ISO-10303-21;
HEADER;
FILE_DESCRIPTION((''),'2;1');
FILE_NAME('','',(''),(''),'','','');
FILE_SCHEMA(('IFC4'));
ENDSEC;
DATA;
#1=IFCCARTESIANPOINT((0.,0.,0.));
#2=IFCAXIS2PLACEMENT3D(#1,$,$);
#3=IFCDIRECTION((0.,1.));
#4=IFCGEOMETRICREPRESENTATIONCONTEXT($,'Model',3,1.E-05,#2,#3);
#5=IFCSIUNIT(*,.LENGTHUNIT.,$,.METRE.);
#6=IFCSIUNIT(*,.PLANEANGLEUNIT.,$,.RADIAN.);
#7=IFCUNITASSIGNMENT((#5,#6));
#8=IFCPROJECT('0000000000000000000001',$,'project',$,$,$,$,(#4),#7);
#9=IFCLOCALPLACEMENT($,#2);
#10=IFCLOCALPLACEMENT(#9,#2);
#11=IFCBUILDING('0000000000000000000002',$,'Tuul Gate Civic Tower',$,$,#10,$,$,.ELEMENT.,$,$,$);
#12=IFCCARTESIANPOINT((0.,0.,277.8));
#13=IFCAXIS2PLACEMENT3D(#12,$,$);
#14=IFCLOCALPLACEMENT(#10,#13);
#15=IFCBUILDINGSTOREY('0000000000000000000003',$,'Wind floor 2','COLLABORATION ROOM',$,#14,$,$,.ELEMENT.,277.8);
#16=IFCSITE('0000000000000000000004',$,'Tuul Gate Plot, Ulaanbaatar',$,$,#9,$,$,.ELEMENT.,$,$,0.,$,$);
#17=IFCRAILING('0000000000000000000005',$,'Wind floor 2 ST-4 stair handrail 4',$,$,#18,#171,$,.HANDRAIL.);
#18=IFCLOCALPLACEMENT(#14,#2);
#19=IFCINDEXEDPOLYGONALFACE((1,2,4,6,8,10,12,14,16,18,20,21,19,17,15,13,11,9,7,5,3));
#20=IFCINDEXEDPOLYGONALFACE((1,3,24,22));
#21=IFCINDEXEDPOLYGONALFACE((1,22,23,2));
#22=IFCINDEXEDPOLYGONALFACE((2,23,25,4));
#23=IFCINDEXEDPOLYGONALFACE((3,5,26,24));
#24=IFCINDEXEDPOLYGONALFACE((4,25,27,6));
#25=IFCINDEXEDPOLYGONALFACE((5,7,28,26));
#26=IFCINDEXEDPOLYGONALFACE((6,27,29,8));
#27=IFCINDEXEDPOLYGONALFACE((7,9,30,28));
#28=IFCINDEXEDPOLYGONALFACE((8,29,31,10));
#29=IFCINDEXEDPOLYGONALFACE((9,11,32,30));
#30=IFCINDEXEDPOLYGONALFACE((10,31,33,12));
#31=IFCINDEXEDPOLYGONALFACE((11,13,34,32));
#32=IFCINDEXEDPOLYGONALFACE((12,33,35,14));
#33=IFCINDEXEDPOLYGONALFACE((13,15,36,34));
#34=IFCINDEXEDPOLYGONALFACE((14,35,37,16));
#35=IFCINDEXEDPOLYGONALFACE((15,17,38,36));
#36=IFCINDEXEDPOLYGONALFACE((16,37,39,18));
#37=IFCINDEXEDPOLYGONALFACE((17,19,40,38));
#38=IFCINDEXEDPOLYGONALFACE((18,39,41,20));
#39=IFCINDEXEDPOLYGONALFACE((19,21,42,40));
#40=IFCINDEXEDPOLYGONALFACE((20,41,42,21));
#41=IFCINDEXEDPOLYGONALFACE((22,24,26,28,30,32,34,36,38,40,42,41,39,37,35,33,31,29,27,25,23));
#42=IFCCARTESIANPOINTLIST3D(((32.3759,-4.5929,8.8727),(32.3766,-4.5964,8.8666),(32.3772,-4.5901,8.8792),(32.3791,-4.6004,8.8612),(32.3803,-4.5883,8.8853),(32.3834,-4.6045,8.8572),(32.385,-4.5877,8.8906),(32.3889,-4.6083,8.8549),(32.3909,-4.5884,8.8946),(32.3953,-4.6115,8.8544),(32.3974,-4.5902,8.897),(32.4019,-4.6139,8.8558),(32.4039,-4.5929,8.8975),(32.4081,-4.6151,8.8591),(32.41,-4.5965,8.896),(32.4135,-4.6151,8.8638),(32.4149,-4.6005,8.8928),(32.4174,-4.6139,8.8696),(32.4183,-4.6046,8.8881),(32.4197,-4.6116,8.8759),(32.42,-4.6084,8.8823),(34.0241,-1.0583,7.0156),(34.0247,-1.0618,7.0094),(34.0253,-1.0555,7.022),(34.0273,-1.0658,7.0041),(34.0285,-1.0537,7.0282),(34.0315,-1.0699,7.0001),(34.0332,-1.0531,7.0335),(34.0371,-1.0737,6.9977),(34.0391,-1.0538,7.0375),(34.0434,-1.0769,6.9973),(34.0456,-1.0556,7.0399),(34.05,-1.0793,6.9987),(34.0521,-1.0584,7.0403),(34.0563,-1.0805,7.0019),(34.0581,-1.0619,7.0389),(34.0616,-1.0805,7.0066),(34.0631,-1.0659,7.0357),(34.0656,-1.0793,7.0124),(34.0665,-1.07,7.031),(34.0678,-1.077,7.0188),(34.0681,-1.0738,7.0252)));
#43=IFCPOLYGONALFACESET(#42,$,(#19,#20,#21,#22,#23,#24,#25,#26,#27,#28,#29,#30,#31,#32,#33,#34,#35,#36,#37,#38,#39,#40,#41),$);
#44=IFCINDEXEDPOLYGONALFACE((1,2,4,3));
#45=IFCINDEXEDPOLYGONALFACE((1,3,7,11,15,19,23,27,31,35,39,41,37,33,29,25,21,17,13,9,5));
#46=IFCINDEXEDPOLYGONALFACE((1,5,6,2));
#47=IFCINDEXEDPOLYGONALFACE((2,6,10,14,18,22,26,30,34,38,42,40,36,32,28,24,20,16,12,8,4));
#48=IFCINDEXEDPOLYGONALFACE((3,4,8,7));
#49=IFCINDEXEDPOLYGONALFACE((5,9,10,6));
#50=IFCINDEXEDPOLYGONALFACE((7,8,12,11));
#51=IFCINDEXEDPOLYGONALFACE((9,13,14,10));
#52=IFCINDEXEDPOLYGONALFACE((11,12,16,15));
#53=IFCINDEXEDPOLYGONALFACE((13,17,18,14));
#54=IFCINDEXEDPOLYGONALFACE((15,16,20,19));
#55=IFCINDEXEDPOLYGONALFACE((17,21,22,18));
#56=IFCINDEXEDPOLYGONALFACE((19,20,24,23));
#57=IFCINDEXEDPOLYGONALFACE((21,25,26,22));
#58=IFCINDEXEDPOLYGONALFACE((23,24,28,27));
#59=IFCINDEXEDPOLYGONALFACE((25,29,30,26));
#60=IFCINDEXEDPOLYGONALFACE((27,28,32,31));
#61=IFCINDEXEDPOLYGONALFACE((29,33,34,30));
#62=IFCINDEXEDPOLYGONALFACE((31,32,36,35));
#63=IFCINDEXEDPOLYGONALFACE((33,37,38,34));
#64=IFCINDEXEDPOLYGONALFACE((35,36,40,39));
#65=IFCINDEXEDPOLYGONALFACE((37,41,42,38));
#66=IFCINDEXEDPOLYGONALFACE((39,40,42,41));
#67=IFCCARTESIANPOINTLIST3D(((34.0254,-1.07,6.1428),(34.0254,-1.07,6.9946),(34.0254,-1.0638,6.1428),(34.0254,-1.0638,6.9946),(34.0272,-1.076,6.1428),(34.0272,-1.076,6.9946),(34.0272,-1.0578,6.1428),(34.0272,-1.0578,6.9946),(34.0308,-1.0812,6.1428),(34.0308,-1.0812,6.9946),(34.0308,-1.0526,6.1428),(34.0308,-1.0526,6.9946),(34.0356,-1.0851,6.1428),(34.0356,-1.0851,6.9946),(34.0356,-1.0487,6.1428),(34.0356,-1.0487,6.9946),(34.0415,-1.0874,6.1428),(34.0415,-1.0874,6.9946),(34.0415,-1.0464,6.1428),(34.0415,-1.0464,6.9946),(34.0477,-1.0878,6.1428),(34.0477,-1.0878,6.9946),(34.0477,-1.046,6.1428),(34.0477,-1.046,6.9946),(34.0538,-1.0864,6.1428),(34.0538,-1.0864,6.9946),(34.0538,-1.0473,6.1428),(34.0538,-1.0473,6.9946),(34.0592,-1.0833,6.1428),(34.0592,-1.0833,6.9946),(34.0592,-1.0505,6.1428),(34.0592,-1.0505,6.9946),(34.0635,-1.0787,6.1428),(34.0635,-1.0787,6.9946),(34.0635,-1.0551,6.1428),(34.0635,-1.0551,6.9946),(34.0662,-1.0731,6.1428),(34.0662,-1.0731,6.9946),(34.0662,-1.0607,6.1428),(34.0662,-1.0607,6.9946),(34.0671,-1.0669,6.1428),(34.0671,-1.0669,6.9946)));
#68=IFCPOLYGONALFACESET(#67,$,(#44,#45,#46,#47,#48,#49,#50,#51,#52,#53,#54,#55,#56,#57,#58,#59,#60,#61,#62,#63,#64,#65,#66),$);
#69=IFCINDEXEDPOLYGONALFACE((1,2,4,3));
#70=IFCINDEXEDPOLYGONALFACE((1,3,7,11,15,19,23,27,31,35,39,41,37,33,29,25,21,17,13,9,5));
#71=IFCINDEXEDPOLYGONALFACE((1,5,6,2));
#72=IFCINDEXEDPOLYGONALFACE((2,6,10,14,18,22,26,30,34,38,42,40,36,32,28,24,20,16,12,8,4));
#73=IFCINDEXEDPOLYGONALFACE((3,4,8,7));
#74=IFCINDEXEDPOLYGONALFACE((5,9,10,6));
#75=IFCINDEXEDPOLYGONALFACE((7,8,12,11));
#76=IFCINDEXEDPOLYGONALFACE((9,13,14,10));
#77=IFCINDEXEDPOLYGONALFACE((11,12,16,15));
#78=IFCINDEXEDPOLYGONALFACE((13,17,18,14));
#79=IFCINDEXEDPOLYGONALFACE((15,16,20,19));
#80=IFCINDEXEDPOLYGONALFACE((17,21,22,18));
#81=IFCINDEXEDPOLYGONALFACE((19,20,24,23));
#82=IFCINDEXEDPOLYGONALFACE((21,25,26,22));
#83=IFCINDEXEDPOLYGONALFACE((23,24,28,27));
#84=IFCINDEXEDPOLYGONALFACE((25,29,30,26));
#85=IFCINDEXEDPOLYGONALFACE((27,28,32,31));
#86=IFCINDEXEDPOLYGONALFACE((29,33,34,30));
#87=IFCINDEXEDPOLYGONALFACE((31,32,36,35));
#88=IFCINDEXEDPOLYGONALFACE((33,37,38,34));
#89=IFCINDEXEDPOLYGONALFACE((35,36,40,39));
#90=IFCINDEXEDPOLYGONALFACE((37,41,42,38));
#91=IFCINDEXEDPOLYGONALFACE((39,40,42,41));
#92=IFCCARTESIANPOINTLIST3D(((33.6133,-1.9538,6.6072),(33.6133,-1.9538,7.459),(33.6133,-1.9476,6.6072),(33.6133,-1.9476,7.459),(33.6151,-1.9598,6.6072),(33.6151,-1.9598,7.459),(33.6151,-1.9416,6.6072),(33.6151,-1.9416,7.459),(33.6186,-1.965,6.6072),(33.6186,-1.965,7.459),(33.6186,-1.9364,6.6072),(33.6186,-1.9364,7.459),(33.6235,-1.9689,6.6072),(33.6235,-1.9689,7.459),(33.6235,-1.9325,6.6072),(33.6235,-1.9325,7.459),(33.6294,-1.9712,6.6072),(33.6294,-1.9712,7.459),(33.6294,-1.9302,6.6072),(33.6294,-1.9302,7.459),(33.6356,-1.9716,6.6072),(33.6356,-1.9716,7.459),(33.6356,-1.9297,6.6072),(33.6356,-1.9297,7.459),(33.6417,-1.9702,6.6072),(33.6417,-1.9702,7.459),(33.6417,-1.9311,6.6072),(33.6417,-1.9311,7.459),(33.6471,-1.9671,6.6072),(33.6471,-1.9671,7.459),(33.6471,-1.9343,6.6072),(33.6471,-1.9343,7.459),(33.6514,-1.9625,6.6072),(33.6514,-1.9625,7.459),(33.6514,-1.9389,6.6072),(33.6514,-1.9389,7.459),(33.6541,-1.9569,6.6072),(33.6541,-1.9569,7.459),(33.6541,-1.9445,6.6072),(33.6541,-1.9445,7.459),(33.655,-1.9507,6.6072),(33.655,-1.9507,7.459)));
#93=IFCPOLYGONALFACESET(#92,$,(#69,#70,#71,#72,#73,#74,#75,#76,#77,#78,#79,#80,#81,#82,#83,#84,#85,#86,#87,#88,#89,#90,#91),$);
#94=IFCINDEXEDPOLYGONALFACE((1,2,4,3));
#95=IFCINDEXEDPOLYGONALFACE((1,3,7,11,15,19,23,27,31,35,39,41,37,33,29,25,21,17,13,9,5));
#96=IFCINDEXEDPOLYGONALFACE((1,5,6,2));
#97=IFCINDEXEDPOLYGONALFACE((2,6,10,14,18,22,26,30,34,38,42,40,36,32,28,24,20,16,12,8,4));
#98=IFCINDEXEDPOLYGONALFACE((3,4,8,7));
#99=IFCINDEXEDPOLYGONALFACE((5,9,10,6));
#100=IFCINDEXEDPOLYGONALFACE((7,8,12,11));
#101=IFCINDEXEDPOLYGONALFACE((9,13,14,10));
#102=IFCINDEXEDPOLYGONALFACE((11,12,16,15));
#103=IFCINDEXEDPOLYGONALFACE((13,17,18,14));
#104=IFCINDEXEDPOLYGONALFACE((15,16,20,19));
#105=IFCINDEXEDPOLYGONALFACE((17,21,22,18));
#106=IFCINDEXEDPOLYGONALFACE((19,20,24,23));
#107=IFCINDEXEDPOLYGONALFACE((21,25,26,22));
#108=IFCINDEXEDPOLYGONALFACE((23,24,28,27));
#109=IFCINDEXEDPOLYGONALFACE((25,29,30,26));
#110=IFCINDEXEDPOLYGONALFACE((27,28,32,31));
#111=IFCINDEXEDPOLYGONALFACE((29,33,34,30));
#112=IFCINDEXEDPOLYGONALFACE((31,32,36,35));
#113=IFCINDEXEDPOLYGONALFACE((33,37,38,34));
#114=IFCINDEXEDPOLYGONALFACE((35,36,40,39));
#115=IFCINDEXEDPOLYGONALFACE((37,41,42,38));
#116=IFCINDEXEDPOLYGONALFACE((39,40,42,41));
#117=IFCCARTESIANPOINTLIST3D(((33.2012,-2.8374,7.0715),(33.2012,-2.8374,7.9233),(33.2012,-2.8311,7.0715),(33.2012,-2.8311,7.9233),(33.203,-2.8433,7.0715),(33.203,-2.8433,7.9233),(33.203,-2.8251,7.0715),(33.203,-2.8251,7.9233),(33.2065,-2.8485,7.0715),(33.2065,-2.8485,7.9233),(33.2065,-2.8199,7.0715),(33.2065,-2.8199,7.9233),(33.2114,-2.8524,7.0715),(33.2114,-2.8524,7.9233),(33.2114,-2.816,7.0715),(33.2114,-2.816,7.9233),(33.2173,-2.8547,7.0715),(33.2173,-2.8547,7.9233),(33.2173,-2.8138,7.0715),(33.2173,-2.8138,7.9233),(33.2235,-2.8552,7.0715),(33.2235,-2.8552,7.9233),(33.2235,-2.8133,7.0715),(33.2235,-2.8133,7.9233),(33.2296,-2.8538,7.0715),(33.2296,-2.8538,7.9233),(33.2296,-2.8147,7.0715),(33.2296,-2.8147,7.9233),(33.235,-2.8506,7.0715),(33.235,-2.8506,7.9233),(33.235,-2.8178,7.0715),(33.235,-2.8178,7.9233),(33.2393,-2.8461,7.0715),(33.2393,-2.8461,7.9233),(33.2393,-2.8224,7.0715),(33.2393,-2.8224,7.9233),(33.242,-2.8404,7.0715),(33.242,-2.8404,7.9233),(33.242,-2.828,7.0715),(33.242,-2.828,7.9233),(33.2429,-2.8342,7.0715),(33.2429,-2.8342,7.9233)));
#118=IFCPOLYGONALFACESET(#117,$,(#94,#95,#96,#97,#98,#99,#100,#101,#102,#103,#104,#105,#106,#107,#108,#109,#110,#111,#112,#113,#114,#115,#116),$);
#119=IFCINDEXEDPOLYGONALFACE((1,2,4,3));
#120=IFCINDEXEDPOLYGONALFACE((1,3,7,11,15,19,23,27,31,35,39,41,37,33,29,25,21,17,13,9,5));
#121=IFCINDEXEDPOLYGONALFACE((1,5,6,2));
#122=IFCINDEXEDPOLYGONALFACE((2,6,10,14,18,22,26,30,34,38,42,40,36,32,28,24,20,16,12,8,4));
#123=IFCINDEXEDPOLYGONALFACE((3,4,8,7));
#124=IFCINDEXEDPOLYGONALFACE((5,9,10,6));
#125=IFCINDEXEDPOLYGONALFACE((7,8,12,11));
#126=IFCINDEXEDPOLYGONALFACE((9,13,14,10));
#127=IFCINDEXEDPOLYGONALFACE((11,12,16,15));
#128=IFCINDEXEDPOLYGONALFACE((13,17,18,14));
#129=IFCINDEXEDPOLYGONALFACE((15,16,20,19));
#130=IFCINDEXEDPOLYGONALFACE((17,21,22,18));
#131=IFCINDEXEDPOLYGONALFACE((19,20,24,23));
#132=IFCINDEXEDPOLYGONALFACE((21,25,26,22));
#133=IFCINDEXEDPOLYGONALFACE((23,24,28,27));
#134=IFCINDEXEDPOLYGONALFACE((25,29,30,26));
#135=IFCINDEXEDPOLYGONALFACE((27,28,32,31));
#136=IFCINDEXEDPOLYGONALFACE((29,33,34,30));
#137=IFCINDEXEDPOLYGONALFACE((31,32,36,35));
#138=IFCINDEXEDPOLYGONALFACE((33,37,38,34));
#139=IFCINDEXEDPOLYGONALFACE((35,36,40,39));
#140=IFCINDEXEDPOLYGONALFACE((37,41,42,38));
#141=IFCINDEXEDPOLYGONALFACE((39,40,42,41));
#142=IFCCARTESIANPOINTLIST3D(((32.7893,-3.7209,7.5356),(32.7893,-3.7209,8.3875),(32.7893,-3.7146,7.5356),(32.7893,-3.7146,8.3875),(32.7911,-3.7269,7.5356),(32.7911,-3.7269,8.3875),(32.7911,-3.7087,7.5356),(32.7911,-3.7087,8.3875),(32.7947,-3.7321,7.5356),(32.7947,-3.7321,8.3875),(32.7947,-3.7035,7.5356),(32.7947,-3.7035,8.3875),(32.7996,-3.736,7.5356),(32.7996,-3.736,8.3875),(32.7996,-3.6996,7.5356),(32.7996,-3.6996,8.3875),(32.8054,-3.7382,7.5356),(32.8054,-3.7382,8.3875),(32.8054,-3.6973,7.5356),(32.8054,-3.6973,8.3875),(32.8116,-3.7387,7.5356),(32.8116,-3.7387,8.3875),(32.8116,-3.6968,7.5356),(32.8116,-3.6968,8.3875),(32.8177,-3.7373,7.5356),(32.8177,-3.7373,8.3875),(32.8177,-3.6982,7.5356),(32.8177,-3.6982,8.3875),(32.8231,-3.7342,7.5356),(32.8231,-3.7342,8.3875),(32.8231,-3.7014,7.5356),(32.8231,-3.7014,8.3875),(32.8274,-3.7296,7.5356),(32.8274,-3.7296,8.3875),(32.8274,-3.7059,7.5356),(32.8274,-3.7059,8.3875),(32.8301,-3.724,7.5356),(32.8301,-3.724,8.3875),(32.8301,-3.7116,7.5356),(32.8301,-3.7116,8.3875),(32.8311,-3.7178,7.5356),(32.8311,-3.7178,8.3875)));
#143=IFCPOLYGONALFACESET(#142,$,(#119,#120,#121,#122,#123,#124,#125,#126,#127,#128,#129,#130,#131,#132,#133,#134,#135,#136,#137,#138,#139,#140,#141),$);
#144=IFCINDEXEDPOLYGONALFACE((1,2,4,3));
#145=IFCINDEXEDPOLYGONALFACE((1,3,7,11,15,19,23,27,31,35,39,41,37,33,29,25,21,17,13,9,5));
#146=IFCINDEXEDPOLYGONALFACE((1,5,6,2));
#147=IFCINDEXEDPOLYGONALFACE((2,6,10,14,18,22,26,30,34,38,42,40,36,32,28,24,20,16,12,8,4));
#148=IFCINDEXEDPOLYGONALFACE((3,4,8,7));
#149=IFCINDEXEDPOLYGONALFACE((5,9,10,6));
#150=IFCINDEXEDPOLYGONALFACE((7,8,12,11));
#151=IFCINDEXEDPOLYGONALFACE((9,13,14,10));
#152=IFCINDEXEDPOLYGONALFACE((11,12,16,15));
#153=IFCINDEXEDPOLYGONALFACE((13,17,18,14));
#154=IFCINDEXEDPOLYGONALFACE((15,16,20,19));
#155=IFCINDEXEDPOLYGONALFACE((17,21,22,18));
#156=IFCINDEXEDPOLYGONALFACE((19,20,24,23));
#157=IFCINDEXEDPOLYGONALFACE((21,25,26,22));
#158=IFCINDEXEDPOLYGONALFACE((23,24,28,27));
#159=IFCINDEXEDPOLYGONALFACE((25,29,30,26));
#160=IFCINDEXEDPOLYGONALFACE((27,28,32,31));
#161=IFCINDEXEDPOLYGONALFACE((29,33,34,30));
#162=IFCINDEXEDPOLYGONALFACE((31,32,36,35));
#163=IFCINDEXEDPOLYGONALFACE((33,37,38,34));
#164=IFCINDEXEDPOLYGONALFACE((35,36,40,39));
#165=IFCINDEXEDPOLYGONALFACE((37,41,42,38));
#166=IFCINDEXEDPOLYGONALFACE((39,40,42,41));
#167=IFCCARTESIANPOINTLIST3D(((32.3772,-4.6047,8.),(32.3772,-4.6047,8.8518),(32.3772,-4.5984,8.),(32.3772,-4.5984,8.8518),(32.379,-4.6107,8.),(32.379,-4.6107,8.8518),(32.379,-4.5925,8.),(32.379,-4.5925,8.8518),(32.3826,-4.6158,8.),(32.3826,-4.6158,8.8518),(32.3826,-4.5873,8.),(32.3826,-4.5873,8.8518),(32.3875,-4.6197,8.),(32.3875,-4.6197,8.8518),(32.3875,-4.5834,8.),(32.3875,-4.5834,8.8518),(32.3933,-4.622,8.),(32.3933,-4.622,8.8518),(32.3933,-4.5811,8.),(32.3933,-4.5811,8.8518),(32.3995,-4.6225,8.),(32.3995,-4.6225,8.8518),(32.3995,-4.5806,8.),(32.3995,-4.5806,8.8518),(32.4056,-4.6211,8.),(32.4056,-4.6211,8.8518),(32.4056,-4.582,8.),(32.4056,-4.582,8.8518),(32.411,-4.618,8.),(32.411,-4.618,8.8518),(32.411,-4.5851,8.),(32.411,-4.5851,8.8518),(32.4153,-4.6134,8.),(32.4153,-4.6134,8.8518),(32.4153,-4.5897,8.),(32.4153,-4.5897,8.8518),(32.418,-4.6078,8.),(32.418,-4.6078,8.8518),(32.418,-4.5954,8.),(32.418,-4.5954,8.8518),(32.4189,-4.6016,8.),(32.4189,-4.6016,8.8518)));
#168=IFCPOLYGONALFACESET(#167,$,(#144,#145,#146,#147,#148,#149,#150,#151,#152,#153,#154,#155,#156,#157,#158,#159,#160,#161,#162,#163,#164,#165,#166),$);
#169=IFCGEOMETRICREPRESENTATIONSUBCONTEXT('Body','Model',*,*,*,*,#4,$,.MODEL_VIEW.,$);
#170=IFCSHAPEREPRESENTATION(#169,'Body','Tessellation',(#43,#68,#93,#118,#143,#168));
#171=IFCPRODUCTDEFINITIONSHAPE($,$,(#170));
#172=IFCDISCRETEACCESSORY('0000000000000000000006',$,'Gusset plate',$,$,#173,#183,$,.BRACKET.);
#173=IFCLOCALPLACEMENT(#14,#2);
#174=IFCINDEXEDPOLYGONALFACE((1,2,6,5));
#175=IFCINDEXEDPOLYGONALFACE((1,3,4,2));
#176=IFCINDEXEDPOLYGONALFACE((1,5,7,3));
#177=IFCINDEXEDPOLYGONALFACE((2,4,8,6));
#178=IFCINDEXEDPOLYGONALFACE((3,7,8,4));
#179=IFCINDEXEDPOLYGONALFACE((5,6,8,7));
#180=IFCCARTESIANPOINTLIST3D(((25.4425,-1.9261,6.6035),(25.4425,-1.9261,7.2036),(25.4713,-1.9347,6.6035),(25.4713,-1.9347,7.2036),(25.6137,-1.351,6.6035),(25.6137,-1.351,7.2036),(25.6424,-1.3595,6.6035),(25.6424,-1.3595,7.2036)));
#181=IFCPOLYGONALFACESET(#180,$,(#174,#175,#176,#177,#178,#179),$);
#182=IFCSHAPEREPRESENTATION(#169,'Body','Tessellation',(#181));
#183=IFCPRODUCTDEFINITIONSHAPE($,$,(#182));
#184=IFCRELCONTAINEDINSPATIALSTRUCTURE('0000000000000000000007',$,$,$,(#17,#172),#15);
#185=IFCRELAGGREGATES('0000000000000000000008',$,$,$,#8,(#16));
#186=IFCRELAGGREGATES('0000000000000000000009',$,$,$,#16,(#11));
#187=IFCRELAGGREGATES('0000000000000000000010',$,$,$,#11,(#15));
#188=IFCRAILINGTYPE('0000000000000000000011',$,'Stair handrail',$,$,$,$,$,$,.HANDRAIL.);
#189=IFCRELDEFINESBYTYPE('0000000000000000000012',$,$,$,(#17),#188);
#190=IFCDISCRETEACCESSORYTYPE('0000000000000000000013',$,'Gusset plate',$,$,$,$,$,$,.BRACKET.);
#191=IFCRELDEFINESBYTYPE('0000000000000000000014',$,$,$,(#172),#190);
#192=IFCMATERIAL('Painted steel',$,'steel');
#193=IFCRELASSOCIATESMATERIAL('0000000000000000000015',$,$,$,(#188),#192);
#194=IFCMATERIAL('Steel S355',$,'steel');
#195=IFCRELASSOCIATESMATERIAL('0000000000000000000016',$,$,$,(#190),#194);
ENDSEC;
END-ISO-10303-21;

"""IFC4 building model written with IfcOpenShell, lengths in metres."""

from ifc_helpers import new_model, si_unit, direction, frame, origin, origin_2d, place, context, subcontext, project, spatial, rectangle, circle, extrude, material, type_object, element, save


model = new_model("IFC4")

# Units and contexts
model_context = context("Model", 3, precision=1e-05, world=origin(), true_north=direction((0.0, 1.0)))
body_context = subcontext(model_context, "Body", "Model", "MODEL_VIEW")
ifc_project = project(units=[si_unit("LENGTHUNIT", "METRE"), si_unit("PLANEANGLEUNIT", "RADIAN")], contexts=[model_context])

# Site, building, storey
site_placement = place(None, origin())
site = spatial("IfcSite", under=ifc_project, at=site_placement, Name="Tuul Gate Plot, Ulaanbaatar", CompositionType="ELEMENT", RefElevation=0.0)
building_placement = place(site_placement, origin())
building = spatial("IfcBuilding", under=site, at=building_placement, Name="Tuul Gate Civic Tower", CompositionType="ELEMENT")
storey_placement = place(building_placement, frame((0.0, 0.0, 277.8)))
storey = spatial("IfcBuildingStorey", under=building, at=storey_placement, Name="Wind floor 2", Description="COLLABORATION ROOM", CompositionType="ELEMENT", Elevation=277.8)

# Railing
ifc_material_1 = material(Name="Painted steel", Category="steel")
railing_type_1 = type_object("IfcRailingType", Name="Stair handrail", PredefinedType="HANDRAIL", material=ifc_material_1)
railing_1_placement = place(storey_placement, frame((34.0461, -1.0669, 6.1428)))
element("IfcRailing", 1, at=railing_1_placement, inside=storey, type_object=railing_type_1, Name="Wind floor 2 ST-4 stair handrail 4", PredefinedType="HANDRAIL", context=body_context, shape_type="SweptSolid", body=[
    extrude(circle(Radius=0.0239, at=origin_2d()), frame((0.0, 0.0, 0.876), z_axis=(-0.381556, -0.818273, 0.429935), x_axis=(0.906313, -0.422608, 0.0)), (0.0, 0.0, 1.0), 4.3196),
    extrude(circle(Radius=0.021, at=origin_2d()), origin(), (0.0, 0.0, 1.0), 0.8518),
    extrude(circle(Radius=0.021, at=origin_2d()), frame((-0.4121, -0.8838, 0.4644)), (0.0, 0.0, 1.0), 0.8518),
    extrude(circle(Radius=0.021, at=origin_2d()), frame((-0.8242, -1.7673, 0.9287)), (0.0, 0.0, 1.0), 0.8518),
    extrude(circle(Radius=0.021, at=origin_2d()), frame((-1.2361, -2.6509, 1.3928)), (0.0, 0.0, 1.0), 0.8518),
    extrude(circle(Radius=0.021, at=origin_2d()), frame((-1.6482, -3.5347, 1.8572)), (0.0, 0.0, 1.0), 0.8518),
])

# Discrete accessory
ifc_material_2 = material(Name="Steel S355", Category="steel")
discrete_accessory_type = type_object("IfcDiscreteAccessoryType", Name="Gusset plate", PredefinedType="BRACKET", material=ifc_material_2)
discrete_accessory_placement = place(storey_placement, frame((25.5425, -1.6428, 6.6035), z_axis=(0.0, 0.0, 1.0), x_axis=(0.285212, 0.958464, 0.0)))
element("IfcDiscreteAccessory", 2, at=discrete_accessory_placement, inside=storey, type_object=discrete_accessory_type, Name="Gusset plate", PredefinedType="BRACKET", context=body_context, shape_type="SweptSolid", body=[
    extrude(rectangle(XDim=0.6001, YDim=0.03, at=origin_2d()), origin(), (0.0, 0.0, 1.0), 0.6001),
])

save(model, "model.ifc")
